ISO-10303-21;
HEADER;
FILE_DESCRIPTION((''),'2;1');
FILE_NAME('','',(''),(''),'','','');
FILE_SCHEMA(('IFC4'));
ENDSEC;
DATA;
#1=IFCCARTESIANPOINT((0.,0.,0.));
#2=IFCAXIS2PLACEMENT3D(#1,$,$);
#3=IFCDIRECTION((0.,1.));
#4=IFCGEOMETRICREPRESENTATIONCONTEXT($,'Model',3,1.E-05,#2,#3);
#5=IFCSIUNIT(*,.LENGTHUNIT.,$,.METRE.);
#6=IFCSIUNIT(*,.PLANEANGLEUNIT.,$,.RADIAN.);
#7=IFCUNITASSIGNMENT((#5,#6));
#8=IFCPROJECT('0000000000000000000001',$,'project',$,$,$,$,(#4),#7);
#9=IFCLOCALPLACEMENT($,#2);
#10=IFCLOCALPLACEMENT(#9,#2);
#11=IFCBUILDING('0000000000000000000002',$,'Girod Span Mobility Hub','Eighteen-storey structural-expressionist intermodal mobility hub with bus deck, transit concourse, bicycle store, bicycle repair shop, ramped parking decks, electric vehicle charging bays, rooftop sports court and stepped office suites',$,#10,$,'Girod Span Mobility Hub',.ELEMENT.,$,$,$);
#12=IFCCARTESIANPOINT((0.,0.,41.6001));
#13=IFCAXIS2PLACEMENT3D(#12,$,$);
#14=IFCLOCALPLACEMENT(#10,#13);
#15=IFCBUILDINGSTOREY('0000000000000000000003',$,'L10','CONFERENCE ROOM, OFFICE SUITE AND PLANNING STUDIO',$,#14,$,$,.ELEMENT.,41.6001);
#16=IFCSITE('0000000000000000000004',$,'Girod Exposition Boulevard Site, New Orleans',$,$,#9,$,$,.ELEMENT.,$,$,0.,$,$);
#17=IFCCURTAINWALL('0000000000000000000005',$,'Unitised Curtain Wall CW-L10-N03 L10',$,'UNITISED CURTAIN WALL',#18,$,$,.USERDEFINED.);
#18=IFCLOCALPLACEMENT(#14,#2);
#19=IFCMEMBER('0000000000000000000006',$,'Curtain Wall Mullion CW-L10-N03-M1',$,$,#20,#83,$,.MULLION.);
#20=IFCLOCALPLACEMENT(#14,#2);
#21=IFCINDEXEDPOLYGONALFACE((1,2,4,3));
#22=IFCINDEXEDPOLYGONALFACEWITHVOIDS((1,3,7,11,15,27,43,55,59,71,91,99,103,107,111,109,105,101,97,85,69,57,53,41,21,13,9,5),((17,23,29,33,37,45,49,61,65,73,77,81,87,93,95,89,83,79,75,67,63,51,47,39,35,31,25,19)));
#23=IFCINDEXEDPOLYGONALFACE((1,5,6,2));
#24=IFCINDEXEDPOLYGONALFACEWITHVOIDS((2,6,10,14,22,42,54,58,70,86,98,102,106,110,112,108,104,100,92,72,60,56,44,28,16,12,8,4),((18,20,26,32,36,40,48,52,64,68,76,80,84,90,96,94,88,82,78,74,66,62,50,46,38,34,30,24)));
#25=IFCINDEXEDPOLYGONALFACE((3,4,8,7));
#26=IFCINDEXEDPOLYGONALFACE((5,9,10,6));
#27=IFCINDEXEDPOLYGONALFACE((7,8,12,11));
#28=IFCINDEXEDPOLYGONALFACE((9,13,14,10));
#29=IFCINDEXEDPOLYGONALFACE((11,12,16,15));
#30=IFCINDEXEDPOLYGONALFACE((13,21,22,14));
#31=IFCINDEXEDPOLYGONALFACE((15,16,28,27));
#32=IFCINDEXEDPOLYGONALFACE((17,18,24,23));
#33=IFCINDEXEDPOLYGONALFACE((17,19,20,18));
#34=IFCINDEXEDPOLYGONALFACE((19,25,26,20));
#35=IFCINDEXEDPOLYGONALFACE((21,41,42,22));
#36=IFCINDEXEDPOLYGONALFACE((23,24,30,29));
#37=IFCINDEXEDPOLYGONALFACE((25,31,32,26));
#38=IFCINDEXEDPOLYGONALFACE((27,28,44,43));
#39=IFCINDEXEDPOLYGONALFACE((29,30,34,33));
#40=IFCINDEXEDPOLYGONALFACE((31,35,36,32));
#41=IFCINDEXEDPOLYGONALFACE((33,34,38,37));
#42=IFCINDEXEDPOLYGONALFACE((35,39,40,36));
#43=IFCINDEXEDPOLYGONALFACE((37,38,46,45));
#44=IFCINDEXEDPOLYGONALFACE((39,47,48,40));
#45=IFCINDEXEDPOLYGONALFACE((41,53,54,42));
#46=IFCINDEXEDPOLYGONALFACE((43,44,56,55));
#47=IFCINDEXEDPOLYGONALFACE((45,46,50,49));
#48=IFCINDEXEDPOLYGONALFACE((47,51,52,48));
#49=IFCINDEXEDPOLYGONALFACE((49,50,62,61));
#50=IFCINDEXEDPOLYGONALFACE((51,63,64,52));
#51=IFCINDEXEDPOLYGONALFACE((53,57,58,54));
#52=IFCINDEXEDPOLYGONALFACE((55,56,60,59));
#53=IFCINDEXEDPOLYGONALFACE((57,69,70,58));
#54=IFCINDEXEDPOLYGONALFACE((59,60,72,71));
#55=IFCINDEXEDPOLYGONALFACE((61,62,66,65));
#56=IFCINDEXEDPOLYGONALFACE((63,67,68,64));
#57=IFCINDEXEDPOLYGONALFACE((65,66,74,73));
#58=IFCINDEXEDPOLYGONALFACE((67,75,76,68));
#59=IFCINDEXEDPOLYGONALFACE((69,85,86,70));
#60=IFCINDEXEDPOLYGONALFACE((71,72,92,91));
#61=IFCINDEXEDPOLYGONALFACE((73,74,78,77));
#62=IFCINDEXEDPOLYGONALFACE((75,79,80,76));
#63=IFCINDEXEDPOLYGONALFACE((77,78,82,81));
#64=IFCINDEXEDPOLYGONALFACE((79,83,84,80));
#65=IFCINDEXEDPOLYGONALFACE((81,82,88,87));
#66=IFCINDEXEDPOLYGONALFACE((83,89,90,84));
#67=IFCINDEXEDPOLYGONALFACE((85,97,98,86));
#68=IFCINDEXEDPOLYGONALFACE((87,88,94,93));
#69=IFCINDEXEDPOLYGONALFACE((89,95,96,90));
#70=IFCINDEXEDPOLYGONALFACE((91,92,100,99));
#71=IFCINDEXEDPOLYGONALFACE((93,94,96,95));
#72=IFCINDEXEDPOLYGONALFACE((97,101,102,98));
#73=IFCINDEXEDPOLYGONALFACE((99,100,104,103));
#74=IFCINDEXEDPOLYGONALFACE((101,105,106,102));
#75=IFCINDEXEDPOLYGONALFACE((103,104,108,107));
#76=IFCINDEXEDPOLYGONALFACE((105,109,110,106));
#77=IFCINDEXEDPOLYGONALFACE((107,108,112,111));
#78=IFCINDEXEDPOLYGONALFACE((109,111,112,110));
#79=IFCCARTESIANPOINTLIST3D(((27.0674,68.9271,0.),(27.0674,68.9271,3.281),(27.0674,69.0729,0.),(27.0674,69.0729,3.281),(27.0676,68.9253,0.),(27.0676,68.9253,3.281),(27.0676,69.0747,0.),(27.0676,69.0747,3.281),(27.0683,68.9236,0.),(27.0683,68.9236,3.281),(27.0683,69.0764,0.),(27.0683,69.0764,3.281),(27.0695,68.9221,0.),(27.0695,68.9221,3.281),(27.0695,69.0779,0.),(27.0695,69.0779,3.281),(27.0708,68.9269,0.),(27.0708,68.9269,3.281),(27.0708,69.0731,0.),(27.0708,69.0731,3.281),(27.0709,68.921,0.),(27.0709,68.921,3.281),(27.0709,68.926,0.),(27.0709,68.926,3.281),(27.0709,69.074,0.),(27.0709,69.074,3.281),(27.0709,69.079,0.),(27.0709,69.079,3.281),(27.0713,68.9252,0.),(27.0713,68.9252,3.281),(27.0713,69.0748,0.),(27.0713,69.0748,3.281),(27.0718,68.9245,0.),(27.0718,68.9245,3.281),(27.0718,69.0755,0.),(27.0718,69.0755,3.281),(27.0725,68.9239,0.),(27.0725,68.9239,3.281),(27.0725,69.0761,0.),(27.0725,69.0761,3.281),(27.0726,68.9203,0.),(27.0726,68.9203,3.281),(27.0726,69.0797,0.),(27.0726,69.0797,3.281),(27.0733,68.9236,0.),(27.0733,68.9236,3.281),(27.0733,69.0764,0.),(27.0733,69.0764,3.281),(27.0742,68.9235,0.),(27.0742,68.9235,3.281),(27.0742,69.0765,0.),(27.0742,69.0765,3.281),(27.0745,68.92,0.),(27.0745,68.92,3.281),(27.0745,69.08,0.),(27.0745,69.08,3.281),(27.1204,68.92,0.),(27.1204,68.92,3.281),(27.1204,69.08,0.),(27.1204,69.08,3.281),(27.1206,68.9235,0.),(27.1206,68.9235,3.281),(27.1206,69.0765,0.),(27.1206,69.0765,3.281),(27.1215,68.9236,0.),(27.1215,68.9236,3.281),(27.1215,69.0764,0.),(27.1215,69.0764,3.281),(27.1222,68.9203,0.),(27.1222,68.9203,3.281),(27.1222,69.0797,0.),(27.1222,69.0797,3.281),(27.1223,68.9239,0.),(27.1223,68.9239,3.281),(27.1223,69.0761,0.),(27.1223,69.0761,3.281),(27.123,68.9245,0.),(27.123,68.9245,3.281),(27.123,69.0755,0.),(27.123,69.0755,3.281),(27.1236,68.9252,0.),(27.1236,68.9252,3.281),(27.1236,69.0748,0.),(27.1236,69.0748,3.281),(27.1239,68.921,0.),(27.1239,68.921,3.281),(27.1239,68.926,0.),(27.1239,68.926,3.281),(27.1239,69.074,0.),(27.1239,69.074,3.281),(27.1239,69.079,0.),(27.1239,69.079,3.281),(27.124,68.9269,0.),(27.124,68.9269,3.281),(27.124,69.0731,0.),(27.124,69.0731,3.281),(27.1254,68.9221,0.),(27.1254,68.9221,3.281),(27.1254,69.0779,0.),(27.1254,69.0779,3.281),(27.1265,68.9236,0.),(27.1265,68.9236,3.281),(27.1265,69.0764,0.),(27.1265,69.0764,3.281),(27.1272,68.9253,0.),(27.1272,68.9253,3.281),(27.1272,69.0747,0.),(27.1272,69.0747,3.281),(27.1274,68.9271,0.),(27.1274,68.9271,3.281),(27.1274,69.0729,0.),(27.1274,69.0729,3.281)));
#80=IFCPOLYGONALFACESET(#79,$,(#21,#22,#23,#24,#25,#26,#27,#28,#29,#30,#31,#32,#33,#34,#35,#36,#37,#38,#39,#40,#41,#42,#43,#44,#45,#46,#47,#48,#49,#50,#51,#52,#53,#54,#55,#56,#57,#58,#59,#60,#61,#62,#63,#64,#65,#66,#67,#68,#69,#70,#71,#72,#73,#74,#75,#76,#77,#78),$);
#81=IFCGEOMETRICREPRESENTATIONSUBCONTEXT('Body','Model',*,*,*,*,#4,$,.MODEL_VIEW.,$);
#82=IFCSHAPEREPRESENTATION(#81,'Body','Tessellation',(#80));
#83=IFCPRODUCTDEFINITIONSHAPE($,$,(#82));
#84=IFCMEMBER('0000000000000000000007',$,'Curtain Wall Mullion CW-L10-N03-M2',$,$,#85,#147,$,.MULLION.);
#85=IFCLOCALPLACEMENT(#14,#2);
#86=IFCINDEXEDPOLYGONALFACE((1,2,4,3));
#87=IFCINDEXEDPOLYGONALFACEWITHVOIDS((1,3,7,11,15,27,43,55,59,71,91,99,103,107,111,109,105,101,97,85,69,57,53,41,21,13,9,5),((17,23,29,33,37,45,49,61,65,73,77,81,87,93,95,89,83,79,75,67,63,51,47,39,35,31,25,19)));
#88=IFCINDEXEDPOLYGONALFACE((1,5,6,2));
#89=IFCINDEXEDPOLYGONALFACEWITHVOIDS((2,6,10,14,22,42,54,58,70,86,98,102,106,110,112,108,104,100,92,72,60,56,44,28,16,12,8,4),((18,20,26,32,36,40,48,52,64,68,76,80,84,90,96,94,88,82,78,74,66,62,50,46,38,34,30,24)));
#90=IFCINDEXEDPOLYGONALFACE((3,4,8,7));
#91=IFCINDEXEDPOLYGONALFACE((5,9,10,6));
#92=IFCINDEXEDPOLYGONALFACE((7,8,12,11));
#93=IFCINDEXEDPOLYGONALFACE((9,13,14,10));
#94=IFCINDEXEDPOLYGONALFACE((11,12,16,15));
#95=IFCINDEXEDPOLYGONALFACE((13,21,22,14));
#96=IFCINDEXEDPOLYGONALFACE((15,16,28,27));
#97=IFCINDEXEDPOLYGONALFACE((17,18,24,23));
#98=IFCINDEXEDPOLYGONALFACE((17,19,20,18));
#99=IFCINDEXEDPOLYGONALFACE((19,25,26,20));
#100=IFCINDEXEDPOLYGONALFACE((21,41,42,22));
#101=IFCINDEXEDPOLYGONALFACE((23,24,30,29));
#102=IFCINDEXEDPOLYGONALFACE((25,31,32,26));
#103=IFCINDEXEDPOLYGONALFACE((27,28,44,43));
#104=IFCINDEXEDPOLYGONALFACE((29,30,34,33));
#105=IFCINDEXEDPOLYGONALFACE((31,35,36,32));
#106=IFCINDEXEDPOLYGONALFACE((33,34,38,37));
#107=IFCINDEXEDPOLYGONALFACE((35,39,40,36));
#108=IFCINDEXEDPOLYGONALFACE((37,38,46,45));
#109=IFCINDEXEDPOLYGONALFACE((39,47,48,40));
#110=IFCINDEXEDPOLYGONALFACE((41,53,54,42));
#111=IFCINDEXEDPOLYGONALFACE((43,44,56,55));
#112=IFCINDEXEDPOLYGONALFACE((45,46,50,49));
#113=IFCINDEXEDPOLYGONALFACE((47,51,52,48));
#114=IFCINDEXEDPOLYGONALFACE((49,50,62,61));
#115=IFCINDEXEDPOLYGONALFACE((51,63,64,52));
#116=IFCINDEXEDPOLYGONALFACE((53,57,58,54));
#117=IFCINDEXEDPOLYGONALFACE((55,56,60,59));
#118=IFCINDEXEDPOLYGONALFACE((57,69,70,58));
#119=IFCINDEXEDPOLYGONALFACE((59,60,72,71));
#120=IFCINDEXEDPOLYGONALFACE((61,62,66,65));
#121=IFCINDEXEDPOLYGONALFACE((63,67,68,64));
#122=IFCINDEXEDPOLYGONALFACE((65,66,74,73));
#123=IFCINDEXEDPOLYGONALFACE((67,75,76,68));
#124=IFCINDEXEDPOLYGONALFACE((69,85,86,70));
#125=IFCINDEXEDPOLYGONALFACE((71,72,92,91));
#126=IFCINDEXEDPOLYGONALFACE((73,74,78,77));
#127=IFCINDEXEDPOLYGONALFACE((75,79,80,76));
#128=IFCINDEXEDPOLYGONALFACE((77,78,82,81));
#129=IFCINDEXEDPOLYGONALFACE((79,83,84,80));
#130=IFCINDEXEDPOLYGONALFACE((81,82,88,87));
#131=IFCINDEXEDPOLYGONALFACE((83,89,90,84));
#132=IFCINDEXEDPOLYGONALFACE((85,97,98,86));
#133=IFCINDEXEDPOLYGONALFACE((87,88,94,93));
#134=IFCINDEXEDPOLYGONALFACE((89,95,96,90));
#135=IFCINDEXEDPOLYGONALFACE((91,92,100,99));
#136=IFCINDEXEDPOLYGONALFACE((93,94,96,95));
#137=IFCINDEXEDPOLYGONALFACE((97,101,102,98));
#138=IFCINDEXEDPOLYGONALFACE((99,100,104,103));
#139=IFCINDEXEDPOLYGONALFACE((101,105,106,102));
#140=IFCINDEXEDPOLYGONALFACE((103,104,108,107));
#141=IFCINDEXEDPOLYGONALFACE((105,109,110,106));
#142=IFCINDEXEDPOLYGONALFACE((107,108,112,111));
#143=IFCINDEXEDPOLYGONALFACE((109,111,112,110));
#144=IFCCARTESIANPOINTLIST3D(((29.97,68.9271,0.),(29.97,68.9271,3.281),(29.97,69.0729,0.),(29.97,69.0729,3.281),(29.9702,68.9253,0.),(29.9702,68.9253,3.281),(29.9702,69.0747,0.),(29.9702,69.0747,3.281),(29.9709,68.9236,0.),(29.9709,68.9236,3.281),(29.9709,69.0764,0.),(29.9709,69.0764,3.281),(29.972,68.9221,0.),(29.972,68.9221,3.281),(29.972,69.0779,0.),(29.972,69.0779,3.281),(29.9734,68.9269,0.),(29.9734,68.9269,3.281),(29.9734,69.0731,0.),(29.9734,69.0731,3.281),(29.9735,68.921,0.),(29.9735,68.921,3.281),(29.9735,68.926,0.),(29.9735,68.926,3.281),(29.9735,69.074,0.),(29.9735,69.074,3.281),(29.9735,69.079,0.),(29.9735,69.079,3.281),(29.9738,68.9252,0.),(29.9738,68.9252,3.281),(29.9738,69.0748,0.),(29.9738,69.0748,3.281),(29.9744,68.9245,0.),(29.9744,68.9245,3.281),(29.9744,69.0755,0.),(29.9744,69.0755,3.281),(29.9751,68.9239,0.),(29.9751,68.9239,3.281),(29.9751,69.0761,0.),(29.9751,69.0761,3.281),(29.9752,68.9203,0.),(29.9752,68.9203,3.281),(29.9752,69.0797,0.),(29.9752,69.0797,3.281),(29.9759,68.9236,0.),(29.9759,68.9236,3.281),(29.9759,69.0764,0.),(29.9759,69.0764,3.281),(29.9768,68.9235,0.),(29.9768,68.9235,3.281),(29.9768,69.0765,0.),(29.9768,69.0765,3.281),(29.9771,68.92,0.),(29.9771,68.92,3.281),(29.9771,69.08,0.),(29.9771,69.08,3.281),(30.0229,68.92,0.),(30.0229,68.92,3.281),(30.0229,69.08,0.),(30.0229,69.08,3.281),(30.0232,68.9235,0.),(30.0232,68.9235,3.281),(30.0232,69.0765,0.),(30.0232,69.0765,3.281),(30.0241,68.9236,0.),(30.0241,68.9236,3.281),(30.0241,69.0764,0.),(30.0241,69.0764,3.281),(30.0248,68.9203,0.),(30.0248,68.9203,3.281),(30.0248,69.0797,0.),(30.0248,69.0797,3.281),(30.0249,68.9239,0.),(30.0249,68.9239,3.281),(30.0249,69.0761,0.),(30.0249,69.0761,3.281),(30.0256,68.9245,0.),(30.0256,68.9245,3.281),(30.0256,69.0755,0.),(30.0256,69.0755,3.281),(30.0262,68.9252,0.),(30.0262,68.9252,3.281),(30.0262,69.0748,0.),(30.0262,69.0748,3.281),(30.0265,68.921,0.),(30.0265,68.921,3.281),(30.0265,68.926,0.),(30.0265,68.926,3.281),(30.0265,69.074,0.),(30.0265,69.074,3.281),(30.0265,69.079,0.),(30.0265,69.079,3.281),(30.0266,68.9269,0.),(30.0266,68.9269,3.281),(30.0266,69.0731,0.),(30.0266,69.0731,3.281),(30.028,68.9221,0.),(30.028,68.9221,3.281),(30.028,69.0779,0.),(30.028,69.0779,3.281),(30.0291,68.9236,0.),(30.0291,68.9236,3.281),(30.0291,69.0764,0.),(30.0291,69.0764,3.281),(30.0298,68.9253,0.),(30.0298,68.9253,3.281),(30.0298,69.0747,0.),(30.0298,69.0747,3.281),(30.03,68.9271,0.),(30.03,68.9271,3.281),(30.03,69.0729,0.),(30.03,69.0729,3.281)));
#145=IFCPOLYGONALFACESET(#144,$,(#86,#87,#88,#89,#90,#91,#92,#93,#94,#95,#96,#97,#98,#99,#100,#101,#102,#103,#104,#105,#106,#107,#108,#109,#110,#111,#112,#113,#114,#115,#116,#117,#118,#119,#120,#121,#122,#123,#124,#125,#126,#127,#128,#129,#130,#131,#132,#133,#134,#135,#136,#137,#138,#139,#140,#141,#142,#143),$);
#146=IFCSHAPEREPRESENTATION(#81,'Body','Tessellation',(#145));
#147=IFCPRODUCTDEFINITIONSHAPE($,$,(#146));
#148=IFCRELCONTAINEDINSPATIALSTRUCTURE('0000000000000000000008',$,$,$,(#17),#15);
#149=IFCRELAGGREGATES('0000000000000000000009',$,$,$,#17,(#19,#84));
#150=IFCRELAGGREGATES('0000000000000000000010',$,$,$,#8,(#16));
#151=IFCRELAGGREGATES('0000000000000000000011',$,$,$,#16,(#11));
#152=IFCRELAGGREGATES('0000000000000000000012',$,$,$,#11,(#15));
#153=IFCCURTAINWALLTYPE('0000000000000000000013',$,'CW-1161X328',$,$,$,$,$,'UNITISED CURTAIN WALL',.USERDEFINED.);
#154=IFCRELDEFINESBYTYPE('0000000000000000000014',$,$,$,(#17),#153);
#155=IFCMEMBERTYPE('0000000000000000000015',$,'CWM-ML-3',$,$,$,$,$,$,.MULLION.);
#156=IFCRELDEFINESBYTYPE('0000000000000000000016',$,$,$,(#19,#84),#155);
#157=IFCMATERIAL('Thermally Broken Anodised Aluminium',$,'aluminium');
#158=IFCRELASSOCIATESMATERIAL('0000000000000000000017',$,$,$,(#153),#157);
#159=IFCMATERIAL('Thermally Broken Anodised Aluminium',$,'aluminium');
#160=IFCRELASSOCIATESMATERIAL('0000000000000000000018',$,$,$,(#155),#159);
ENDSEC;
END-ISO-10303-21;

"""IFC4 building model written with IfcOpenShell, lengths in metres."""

from ifc_helpers import new_model, si_unit, direction, frame, origin, origin_2d, place, context, subcontext, project, spatial, hollow_rectangle, extrude, material, material_profile, profile_set, type_object, element, aggregate, save


model = new_model("IFC4")

# Units and contexts
model_context = context("Model", 3, precision=1e-05, world=origin(), true_north=direction((0.0, 1.0)))
body_context = subcontext(model_context, "Body", "Model", "MODEL_VIEW")
ifc_project = project(units=[si_unit("LENGTHUNIT", "METRE"), si_unit("PLANEANGLEUNIT", "RADIAN")], contexts=[model_context])

# Site, building, storey
site_placement = place(None, origin())
site = spatial("IfcSite", under=ifc_project, at=site_placement, Name="Girod Exposition Boulevard Site, New Orleans", CompositionType="ELEMENT", RefElevation=0.0)
building_placement = place(site_placement, origin())
building = spatial("IfcBuilding", under=site, at=building_placement, Name="Girod Span Mobility Hub", Description="Eighteen-storey structural-expressionist intermodal mobility hub with bus deck, transit concourse, bicycle store, bicycle repair shop, ramped parking decks, electric vehicle charging bays, rooftop sports court and stepped office suites", LongName="Girod Span Mobility Hub", CompositionType="ELEMENT")
storey_placement = place(building_placement, frame((0.0, 0.0, 41.6001)))
storey = spatial("IfcBuildingStorey", under=building, at=storey_placement, Name="L10", Description="CONFERENCE ROOM, OFFICE SUITE AND PLANNING STUDIO", CompositionType="ELEMENT", Elevation=41.6001)

# Curtain wall, members
ifc_material_1 = material(Name="Thermally Broken Anodised Aluminium", Category="aluminium")
curtain_wall_type = type_object("IfcCurtainWallType", Name="CW-1161X328", ElementType="UNITISED CURTAIN WALL", PredefinedType="USERDEFINED", material=ifc_material_1)
curtain_wall_placement = place(storey_placement, origin())
curtain_wall = element("IfcCurtainWall", 1, at=curtain_wall_placement, inside=storey, type_object=curtain_wall_type, Name="Unitised Curtain Wall CW-L10-N03 L10", ObjectType="UNITISED CURTAIN WALL", PredefinedType="USERDEFINED")
ifc_material_2 = material(Name="Thermally Broken Anodised Aluminium", Category="aluminium")
ifc_material_profile_1 = material_profile(ifc_material_2, hollow_rectangle(XDim=0.1599, YDim=0.0601, WallThickness=0.0034, InnerFilletRadius=0.0034, OuterFilletRadius=0.0071, at=origin_2d()), Name="CW-ML-60X160")
ifc_profile_set_1 = profile_set([ifc_material_profile_1], Name="Thermally Broken Anodised Aluminium")
member_type_1 = type_object("IfcMemberType", Name="CWM-ML-3", PredefinedType="MULLION", material=ifc_profile_set_1)
member_1_placement = place(storey_placement, frame((27.0974, 69.0, 0.0), z_axis=(0.0, 0.0, 1.0), x_axis=(0.0, 1.0, 0.0)))
member_1 = element("IfcMember", 2, at=member_1_placement, type_object=member_type_1, Name="Curtain Wall Mullion CW-L10-N03-M1", PredefinedType="MULLION", context=body_context, shape_type="SweptSolid", body=[
    extrude(hollow_rectangle(XDim=0.1599, YDim=0.0601, WallThickness=0.0034, InnerFilletRadius=0.0034, OuterFilletRadius=0.0071, at=origin_2d()), origin(), (0.0, 0.0, 1.0), 3.281),
])
member_2_placement = place(storey_placement, frame((30.0, 69.0, 0.0), z_axis=(0.0, 0.0, 1.0), x_axis=(0.0, 1.0, 0.0)))
member_2 = element("IfcMember", 3, at=member_2_placement, type_object=member_type_1, Name="Curtain Wall Mullion CW-L10-N03-M2", PredefinedType="MULLION", context=body_context, shape_type="SweptSolid", body=[
    extrude(hollow_rectangle(XDim=0.1599, YDim=0.0601, WallThickness=0.0034, InnerFilletRadius=0.0034, OuterFilletRadius=0.0071, at=origin_2d()), origin(), (0.0, 0.0, 1.0), 3.281),
])

aggregate(curtain_wall, [member_1, member_2])

save(model, "model.ifc")
